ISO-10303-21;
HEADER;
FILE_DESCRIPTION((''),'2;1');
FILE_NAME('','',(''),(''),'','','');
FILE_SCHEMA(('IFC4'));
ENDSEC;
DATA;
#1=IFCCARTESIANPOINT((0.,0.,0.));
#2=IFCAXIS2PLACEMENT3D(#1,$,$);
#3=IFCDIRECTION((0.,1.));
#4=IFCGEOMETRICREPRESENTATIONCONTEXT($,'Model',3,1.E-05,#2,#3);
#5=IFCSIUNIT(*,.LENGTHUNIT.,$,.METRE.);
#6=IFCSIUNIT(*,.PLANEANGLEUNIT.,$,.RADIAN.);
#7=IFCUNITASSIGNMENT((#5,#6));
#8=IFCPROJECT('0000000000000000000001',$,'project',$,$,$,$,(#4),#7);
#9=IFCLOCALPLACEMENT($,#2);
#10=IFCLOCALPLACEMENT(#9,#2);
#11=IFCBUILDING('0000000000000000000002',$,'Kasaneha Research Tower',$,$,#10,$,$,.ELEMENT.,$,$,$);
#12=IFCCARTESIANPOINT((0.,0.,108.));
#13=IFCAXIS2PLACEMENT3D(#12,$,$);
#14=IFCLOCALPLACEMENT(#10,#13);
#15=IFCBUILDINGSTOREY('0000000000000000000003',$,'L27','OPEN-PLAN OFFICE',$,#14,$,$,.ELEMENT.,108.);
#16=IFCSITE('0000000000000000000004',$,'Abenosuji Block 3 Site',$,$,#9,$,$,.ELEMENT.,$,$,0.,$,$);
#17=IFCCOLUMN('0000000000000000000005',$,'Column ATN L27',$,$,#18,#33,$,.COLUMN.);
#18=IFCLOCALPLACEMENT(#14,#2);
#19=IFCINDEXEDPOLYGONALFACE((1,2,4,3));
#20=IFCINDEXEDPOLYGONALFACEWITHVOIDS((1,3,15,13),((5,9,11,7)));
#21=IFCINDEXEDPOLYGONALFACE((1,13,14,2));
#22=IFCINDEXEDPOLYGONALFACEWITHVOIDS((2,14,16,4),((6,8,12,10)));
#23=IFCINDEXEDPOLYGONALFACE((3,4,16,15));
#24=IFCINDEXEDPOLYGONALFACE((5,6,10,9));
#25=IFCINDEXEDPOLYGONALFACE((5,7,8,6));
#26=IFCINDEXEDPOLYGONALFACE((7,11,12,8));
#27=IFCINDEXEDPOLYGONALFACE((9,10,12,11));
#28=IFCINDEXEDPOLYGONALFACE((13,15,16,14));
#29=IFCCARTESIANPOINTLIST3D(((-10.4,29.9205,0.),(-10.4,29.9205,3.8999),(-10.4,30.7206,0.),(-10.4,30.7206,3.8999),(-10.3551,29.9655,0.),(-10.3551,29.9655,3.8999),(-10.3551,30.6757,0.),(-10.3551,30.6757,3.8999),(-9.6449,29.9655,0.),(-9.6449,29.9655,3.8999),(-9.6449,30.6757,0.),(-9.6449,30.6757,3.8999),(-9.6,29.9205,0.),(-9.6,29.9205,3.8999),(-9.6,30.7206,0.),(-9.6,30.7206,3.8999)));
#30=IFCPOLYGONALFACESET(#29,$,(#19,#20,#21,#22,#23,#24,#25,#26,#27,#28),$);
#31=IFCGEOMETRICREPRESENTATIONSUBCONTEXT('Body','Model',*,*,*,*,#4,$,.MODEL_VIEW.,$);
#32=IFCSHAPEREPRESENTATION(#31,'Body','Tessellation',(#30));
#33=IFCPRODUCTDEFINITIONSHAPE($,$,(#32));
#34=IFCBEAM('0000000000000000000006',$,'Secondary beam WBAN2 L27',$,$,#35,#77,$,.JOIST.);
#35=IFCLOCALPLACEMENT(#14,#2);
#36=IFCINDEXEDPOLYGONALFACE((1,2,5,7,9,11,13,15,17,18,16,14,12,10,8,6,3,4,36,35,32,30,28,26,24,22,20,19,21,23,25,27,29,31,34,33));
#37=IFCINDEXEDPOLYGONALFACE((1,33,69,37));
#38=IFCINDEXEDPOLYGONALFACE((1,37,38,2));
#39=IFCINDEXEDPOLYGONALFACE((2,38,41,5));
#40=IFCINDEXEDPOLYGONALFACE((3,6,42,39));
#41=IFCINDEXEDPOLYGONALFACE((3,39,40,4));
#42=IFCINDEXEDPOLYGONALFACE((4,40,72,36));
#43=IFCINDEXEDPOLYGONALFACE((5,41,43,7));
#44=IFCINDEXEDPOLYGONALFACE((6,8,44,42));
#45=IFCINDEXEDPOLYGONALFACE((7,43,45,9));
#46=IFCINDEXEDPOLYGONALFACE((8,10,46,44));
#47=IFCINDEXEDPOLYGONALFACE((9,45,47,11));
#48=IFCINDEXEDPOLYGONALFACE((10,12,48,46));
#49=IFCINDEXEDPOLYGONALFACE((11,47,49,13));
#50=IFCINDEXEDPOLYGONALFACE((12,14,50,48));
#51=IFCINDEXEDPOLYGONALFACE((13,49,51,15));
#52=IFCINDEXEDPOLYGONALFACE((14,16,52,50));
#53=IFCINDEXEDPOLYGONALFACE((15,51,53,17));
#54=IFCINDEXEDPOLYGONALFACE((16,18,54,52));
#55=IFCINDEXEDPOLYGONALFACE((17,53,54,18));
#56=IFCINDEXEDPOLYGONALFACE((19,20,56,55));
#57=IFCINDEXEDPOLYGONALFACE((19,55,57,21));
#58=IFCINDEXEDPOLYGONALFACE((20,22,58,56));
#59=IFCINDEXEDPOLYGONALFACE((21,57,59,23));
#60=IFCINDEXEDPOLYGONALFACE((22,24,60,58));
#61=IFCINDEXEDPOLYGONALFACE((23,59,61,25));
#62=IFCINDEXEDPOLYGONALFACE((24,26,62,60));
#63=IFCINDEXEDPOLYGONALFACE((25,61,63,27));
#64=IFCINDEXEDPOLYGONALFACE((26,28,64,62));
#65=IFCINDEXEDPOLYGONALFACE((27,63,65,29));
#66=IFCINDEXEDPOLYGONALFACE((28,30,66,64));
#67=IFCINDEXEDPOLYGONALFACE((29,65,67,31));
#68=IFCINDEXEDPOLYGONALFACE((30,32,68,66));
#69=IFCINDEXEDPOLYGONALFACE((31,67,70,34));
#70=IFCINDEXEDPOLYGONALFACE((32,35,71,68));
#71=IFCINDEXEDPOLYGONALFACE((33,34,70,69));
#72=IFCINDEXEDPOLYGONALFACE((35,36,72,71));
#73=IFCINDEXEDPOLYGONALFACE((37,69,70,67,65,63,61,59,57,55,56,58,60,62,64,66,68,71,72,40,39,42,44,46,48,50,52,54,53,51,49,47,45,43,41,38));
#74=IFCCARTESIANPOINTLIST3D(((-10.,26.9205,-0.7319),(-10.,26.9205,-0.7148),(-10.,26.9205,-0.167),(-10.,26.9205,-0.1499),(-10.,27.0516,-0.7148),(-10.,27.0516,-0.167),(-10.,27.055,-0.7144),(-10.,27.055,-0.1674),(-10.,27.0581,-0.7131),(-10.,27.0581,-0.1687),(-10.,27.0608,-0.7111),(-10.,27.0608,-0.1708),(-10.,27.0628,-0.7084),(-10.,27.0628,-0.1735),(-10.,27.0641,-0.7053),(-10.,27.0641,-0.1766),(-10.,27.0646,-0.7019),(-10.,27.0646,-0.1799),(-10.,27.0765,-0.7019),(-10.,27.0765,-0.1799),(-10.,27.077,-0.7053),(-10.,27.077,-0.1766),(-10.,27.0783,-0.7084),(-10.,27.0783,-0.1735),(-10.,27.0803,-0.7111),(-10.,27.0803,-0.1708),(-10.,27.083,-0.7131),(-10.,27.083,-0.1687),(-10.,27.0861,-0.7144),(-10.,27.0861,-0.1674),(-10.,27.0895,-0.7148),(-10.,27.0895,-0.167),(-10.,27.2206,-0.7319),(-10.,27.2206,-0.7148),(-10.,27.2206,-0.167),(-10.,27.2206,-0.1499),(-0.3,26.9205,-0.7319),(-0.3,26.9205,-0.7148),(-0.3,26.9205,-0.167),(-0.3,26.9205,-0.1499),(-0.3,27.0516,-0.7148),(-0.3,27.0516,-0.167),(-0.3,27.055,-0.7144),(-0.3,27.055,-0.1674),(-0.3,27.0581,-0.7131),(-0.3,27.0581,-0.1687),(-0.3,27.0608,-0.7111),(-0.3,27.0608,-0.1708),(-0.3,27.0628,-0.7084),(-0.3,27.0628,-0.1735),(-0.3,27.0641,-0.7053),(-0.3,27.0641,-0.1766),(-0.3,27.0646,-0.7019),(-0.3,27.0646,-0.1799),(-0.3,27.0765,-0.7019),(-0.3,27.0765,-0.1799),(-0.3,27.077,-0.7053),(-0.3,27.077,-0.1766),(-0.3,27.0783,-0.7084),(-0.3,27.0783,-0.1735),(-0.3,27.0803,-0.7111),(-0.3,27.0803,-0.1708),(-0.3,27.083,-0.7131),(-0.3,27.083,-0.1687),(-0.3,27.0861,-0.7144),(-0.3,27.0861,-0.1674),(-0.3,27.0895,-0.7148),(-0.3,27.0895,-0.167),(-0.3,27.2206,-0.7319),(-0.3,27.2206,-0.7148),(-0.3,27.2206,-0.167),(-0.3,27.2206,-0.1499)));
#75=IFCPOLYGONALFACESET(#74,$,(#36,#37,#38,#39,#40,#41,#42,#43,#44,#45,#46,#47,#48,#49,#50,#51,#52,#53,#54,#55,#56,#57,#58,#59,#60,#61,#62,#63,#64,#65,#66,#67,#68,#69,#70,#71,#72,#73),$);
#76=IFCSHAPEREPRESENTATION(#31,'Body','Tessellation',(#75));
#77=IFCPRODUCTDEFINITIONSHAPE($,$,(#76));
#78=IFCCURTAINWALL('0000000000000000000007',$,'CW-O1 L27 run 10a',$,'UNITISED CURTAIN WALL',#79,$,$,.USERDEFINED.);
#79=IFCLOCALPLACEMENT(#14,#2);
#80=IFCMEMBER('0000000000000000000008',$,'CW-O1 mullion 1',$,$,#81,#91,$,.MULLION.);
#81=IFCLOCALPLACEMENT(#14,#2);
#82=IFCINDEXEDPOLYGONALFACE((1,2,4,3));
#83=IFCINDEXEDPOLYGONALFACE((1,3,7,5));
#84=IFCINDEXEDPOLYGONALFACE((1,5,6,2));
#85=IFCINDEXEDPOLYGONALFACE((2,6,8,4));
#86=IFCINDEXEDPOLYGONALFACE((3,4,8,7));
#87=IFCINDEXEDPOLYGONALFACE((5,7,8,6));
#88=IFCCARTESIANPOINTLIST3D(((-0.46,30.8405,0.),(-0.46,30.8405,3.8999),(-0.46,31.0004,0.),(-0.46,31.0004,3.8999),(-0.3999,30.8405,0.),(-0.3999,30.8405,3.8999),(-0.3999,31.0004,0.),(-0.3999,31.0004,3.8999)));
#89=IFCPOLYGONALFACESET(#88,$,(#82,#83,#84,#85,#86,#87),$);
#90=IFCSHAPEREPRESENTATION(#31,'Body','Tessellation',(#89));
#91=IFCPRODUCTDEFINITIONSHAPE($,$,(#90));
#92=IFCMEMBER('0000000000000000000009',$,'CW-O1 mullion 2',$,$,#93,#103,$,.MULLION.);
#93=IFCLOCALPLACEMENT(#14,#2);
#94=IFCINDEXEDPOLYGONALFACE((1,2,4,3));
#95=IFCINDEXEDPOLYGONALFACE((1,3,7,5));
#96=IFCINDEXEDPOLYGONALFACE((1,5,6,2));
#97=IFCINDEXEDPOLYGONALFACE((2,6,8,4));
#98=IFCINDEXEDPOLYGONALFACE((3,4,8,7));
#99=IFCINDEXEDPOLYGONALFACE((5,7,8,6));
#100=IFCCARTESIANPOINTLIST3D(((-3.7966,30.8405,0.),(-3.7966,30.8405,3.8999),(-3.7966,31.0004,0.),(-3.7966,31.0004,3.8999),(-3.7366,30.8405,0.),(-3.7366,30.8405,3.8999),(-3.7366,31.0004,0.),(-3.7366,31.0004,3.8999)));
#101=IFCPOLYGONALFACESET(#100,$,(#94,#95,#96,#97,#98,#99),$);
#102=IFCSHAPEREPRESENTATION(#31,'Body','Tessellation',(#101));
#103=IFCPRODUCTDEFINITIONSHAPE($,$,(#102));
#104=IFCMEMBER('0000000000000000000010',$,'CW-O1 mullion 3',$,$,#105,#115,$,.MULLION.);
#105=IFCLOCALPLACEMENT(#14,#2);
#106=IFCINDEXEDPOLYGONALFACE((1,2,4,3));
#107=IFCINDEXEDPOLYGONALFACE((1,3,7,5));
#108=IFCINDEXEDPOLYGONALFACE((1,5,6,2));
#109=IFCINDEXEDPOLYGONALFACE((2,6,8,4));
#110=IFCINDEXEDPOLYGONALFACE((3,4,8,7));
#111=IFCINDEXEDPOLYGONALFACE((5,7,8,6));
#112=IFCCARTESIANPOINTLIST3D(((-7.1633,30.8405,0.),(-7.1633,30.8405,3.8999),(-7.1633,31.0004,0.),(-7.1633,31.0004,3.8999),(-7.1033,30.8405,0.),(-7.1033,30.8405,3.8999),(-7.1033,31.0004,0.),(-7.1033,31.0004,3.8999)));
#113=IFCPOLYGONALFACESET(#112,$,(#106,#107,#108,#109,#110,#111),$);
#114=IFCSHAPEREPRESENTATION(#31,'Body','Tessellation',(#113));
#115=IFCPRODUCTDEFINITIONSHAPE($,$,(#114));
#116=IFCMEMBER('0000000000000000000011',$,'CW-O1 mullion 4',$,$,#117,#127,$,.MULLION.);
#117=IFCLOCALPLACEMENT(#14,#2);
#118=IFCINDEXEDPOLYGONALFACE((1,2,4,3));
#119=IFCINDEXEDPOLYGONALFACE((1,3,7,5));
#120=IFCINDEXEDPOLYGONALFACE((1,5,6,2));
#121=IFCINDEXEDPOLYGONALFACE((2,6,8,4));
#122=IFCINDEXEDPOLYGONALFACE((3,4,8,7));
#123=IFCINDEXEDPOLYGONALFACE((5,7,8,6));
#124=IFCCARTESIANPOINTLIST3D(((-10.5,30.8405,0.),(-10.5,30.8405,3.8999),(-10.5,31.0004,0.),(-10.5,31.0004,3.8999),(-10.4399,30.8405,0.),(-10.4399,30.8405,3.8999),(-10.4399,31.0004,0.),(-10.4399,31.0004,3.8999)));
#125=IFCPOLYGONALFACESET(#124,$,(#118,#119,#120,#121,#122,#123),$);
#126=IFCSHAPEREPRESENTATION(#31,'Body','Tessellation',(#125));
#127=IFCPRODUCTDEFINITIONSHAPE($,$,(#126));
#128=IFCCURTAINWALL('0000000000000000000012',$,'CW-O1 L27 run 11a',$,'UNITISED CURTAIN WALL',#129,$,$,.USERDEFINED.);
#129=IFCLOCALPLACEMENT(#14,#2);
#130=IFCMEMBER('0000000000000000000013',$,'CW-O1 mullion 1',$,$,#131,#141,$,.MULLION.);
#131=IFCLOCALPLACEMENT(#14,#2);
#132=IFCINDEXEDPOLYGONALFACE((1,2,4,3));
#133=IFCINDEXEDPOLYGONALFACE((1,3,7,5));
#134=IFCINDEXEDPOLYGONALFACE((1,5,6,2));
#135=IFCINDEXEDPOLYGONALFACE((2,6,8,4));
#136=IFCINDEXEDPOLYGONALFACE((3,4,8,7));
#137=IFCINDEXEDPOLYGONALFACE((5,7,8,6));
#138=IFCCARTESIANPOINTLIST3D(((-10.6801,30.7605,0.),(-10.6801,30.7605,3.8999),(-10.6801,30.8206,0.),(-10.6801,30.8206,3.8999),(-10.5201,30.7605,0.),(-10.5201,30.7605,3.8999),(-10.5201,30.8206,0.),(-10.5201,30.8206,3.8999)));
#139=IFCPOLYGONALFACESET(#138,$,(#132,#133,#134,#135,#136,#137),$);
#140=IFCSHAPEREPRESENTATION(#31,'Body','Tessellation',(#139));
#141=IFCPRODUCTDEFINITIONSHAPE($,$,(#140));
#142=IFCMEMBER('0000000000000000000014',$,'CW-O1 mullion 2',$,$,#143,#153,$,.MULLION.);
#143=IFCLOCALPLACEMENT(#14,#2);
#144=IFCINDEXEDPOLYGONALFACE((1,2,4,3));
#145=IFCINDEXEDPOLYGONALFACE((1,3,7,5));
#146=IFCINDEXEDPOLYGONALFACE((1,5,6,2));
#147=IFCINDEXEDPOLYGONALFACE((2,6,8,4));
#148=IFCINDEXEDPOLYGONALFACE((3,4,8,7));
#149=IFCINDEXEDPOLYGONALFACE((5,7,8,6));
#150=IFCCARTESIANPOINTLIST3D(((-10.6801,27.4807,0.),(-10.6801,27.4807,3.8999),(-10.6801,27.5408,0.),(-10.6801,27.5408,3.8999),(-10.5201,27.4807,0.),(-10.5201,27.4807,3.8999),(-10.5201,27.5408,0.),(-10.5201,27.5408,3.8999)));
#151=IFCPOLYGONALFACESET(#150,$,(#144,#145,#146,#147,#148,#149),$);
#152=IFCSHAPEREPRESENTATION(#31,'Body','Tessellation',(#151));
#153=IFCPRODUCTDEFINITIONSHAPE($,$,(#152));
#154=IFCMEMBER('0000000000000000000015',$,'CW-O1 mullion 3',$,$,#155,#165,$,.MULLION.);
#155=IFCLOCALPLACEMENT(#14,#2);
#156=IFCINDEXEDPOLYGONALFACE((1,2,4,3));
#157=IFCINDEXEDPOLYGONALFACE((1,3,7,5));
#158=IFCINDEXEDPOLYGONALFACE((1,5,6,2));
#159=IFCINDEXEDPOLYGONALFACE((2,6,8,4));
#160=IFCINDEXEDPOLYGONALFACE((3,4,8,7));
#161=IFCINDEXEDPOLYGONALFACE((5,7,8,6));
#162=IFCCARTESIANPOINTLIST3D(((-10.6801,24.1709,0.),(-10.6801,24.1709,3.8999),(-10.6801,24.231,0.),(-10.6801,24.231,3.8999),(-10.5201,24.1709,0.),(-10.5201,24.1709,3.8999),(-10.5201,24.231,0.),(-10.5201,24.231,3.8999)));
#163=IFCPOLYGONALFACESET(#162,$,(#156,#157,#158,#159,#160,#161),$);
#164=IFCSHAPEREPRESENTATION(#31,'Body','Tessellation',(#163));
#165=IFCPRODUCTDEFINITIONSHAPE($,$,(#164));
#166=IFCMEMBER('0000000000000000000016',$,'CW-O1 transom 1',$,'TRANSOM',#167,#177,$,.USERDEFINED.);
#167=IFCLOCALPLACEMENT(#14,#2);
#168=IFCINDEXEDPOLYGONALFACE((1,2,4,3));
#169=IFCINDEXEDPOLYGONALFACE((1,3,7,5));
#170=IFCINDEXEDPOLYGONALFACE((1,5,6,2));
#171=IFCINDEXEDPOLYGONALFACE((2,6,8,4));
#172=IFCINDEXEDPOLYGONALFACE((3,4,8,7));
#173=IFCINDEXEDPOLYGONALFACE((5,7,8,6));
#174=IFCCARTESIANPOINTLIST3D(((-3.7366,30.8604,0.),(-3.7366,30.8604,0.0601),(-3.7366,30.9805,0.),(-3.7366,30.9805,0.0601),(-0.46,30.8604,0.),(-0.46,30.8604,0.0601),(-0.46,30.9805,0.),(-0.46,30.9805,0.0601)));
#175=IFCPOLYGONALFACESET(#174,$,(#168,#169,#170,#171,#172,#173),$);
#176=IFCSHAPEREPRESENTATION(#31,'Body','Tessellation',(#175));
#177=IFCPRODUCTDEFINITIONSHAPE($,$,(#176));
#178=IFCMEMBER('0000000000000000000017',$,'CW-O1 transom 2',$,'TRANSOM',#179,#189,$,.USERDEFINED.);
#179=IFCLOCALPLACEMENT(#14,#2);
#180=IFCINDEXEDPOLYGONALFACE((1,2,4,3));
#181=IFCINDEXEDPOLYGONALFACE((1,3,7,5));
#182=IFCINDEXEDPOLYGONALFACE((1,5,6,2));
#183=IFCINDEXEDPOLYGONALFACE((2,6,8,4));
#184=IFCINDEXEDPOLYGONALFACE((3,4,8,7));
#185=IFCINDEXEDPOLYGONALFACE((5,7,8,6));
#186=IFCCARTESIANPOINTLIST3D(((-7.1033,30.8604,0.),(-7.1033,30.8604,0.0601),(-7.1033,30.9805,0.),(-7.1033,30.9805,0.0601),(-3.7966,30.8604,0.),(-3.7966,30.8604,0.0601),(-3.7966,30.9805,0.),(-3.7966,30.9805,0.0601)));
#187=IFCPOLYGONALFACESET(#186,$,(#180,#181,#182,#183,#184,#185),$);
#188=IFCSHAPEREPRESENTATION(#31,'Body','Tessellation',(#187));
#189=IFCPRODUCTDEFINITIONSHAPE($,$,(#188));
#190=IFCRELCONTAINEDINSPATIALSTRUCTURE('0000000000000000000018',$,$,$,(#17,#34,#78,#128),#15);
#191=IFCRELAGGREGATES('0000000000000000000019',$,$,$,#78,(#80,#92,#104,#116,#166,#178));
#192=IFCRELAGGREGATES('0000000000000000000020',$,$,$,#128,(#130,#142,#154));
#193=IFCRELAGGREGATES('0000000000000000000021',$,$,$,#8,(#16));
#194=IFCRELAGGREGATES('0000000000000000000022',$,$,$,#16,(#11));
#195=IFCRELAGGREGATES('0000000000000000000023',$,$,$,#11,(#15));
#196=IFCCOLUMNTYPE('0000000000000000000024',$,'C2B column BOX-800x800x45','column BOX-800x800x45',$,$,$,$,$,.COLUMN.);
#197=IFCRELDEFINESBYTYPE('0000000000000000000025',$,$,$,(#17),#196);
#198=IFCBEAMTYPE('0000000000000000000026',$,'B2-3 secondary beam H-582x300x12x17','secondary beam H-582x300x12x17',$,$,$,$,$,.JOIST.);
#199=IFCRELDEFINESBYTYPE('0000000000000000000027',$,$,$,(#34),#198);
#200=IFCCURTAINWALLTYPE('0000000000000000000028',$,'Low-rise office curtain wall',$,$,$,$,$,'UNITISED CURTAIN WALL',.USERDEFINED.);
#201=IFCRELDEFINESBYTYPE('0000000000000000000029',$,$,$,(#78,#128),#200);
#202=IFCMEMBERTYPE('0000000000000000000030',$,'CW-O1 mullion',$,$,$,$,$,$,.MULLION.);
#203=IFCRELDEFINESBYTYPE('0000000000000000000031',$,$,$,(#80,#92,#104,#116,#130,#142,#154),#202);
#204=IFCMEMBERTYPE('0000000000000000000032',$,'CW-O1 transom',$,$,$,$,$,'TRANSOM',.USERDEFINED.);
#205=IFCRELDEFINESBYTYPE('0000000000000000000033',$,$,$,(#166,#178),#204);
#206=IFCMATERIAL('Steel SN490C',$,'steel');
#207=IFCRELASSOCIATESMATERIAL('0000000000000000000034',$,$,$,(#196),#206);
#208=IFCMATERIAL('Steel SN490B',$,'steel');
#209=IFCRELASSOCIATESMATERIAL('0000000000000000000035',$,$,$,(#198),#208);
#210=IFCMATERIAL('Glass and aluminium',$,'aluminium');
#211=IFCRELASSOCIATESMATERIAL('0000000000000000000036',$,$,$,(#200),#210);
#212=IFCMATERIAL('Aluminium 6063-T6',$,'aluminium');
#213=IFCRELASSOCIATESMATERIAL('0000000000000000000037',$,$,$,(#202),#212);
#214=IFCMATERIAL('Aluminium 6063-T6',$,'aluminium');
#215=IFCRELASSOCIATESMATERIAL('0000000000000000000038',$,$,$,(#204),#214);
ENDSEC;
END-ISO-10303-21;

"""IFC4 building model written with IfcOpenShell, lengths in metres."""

from ifc_helpers import new_model, si_unit, direction, frame, origin, origin_2d, place, context, subcontext, project, spatial, rectangle, hollow_rectangle, i_section, extrude, material, material_profile, profile_set, type_object, element, aggregate, save


model = new_model("IFC4")

# Units and contexts
model_context = context("Model", 3, precision=1e-05, world=origin(), true_north=direction((0.0, 1.0)))
body_context = subcontext(model_context, "Body", "Model", "MODEL_VIEW")
ifc_project = project(units=[si_unit("LENGTHUNIT", "METRE"), si_unit("PLANEANGLEUNIT", "RADIAN")], contexts=[model_context])

# Site, building, storey
site_placement = place(None, origin())
site = spatial("IfcSite", under=ifc_project, at=site_placement, Name="Abenosuji Block 3 Site", CompositionType="ELEMENT", RefElevation=0.0)
building_placement = place(site_placement, origin())
building = spatial("IfcBuilding", under=site, at=building_placement, Name="Kasaneha Research Tower", CompositionType="ELEMENT")
storey_placement = place(building_placement, frame((0.0, 0.0, 108.0)))
storey = spatial("IfcBuildingStorey", under=building, at=storey_placement, Name="L27", Description="OPEN-PLAN OFFICE", CompositionType="ELEMENT", Elevation=108.0)

# Column
ifc_material_1 = material(Name="Steel SN490C", Category="steel")
ifc_material_profile_1 = material_profile(ifc_material_1, hollow_rectangle(XDim=0.8, YDim=0.8, WallThickness=0.0449, at=origin_2d()), Name="BOX-800x800x45")
ifc_profile_set_1 = profile_set([ifc_material_profile_1], Name="Steel SN490C")
column_type = type_object("IfcColumnType", Name="C2B column BOX-800x800x45", Description="column BOX-800x800x45", PredefinedType="COLUMN", material=ifc_profile_set_1)
column_placement = place(storey_placement, frame((-10.0, 30.3206, 0.0), z_axis=(0.0, 0.0, 1.0), x_axis=(1.0, 0.0, 0.0)))
element("IfcColumn", 1, at=column_placement, inside=storey, type_object=column_type, Name="Column ATN L27", PredefinedType="COLUMN", context=body_context, shape_type="SweptSolid", body=[
    extrude(hollow_rectangle(XDim=0.8, YDim=0.8, WallThickness=0.0449, at=origin_2d()), origin(), (0.0, 0.0, 1.0), 3.8999),
])

# Beam
ifc_material_2 = material(Name="Steel SN490B", Category="steel")
ifc_material_profile_2 = material_profile(ifc_material_2, i_section(OverallWidth=0.3, OverallDepth=0.582, WebThickness=0.012, FlangeThickness=0.0171, FilletRadius=0.0129, at=origin_2d()), Name="H-582x300x12x17")
ifc_profile_set_2 = profile_set([ifc_material_profile_2], Name="Steel SN490B")
beam_type_1 = type_object("IfcBeamType", Name="B2-3 secondary beam H-582x300x12x17", Description="secondary beam H-582x300x12x17", PredefinedType="JOIST", material=ifc_profile_set_2)
beam_1_placement = place(storey_placement, frame((-10.0, 27.0706, -0.4409), z_axis=(1.0, 0.0, 0.0), x_axis=(0.0, 1.0, 0.0)))
element("IfcBeam", 2, at=beam_1_placement, inside=storey, type_object=beam_type_1, Name="Secondary beam WBAN2 L27", PredefinedType="JOIST", context=body_context, shape_type="SweptSolid", body=[
    extrude(i_section(OverallWidth=0.3, OverallDepth=0.582, WebThickness=0.012, FlangeThickness=0.0171, FilletRadius=0.0129, at=origin_2d()), origin(), (0.0, 0.0, 1.0), 9.7),
])

# Curtain walls, members
ifc_material_3 = material(Name="Glass and aluminium", Category="aluminium")
curtain_wall_type = type_object("IfcCurtainWallType", Name="Low-rise office curtain wall", ElementType="UNITISED CURTAIN WALL", PredefinedType="USERDEFINED", material=ifc_material_3)
curtain_wall_1_placement = place(storey_placement, origin())
curtain_wall_1 = element("IfcCurtainWall", 3, at=curtain_wall_1_placement, inside=storey, type_object=curtain_wall_type, Name="CW-O1 L27 run 10a", ObjectType="UNITISED CURTAIN WALL", PredefinedType="USERDEFINED")
ifc_material_4 = material(Name="Aluminium 6063-T6", Category="aluminium")
ifc_material_profile_3 = material_profile(ifc_material_4, rectangle(XDim=0.0601, YDim=0.1599, at=origin_2d()), Name="CW-O1 mullion 60x160")
ifc_profile_set_3 = profile_set([ifc_material_profile_3], Name="Aluminium 6063-T6")
member_type_1 = type_object("IfcMemberType", Name="CW-O1 mullion", PredefinedType="MULLION", material=ifc_profile_set_3)
member_1_placement = place(storey_placement, frame((-0.4299, 30.9204, 0.0), z_axis=(0.0, 0.0, 1.0), x_axis=(-1.0, 0.0, 0.0)))
member_1 = element("IfcMember", 4, at=member_1_placement, type_object=member_type_1, Name="CW-O1 mullion 1", PredefinedType="MULLION", context=body_context, shape_type="SweptSolid", body=[
    extrude(rectangle(XDim=0.0601, YDim=0.1599, at=origin_2d()), origin(), (0.0, 0.0, 1.0), 3.8999),
])
member_2_placement = place(storey_placement, frame((-3.7666, 30.9204, 0.0), z_axis=(0.0, 0.0, 1.0), x_axis=(-1.0, 0.0, 0.0)))
member_2 = element("IfcMember", 5, at=member_2_placement, type_object=member_type_1, Name="CW-O1 mullion 2", PredefinedType="MULLION", context=body_context, shape_type="SweptSolid", body=[
    extrude(rectangle(XDim=0.0601, YDim=0.1599, at=origin_2d()), origin(), (0.0, 0.0, 1.0), 3.8999),
])
member_3_placement = place(storey_placement, frame((-7.1333, 30.9204, 0.0), z_axis=(0.0, 0.0, 1.0), x_axis=(-1.0, 0.0, 0.0)))
member_3 = element("IfcMember", 6, at=member_3_placement, type_object=member_type_1, Name="CW-O1 mullion 3", PredefinedType="MULLION", context=body_context, shape_type="SweptSolid", body=[
    extrude(rectangle(XDim=0.0601, YDim=0.1599, at=origin_2d()), origin(), (0.0, 0.0, 1.0), 3.8999),
])
member_4_placement = place(storey_placement, frame((-10.47, 30.9204, 0.0), z_axis=(0.0, 0.0, 1.0), x_axis=(-1.0, 0.0, 0.0)))
member_4 = element("IfcMember", 7, at=member_4_placement, type_object=member_type_1, Name="CW-O1 mullion 4", PredefinedType="MULLION", context=body_context, shape_type="SweptSolid", body=[
    extrude(rectangle(XDim=0.0601, YDim=0.1599, at=origin_2d()), origin(), (0.0, 0.0, 1.0), 3.8999),
])
curtain_wall_2_placement = place(storey_placement, origin())
curtain_wall_2 = element("IfcCurtainWall", 8, at=curtain_wall_2_placement, inside=storey, type_object=curtain_wall_type, Name="CW-O1 L27 run 11a", ObjectType="UNITISED CURTAIN WALL", PredefinedType="USERDEFINED")
member_5_placement = place(storey_placement, frame((-10.6001, 30.7905, 0.0), z_axis=(0.0, 0.0, 1.0), x_axis=(0.0, -1.0, 0.0)))
member_5 = element("IfcMember", 9, at=member_5_placement, type_object=member_type_1, Name="CW-O1 mullion 1", PredefinedType="MULLION", context=body_context, shape_type="SweptSolid", body=[
    extrude(rectangle(XDim=0.0601, YDim=0.1599, at=origin_2d()), origin(), (0.0, 0.0, 1.0), 3.8999),
])
member_6_placement = place(storey_placement, frame((-10.6001, 27.5107, 0.0), z_axis=(0.0, 0.0, 1.0), x_axis=(0.0, -1.0, 0.0)))
member_6 = element("IfcMember", 10, at=member_6_placement, type_object=member_type_1, Name="CW-O1 mullion 2", PredefinedType="MULLION", context=body_context, shape_type="SweptSolid", body=[
    extrude(rectangle(XDim=0.0601, YDim=0.1599, at=origin_2d()), origin(), (0.0, 0.0, 1.0), 3.8999),
])
member_7_placement = place(storey_placement, frame((-10.6001, 24.2009, 0.0), z_axis=(0.0, 0.0, 1.0), x_axis=(0.0, -1.0, 0.0)))
member_7 = element("IfcMember", 11, at=member_7_placement, type_object=member_type_1, Name="CW-O1 mullion 3", PredefinedType="MULLION", context=body_context, shape_type="SweptSolid", body=[
    extrude(rectangle(XDim=0.0601, YDim=0.1599, at=origin_2d()), origin(), (0.0, 0.0, 1.0), 3.8999),
])

# Members
ifc_material_5 = material(Name="Aluminium 6063-T6", Category="aluminium")
ifc_material_profile_4 = material_profile(ifc_material_5, rectangle(XDim=0.1201, YDim=0.0601, at=origin_2d()), Name="CW-O1 transom 120x60")
ifc_profile_set_4 = profile_set([ifc_material_profile_4], Name="Aluminium 6063-T6")
member_type_2 = type_object("IfcMemberType", Name="CW-O1 transom", ElementType="TRANSOM", PredefinedType="USERDEFINED", material=ifc_profile_set_4)
member_8_placement = place(storey_placement, frame((-0.46, 30.9204, 0.03), z_axis=(-1.0, 0.0, 0.0), x_axis=(0.0, -1.0, 0.0)))
member_8 = element("IfcMember", 12, at=member_8_placement, type_object=member_type_2, Name="CW-O1 transom 1", ObjectType="TRANSOM", PredefinedType="USERDEFINED", context=body_context, shape_type="SweptSolid", body=[
    extrude(rectangle(XDim=0.1201, YDim=0.0601, at=origin_2d()), origin(), (0.0, 0.0, 1.0), 3.2766),
])
member_9_placement = place(storey_placement, frame((-3.7966, 30.9204, 0.03), z_axis=(-1.0, 0.0, 0.0), x_axis=(0.0, -1.0, 0.0)))
member_9 = element("IfcMember", 13, at=member_9_placement, type_object=member_type_2, Name="CW-O1 transom 2", ObjectType="TRANSOM", PredefinedType="USERDEFINED", context=body_context, shape_type="SweptSolid", body=[
    extrude(rectangle(XDim=0.1201, YDim=0.0601, at=origin_2d()), origin(), (0.0, 0.0, 1.0), 3.3066),
])

aggregate(curtain_wall_1, [member_1, member_2, member_3, member_4, member_8, member_9])
aggregate(curtain_wall_2, [member_5, member_6, member_7])

save(model, "model.ifc")
